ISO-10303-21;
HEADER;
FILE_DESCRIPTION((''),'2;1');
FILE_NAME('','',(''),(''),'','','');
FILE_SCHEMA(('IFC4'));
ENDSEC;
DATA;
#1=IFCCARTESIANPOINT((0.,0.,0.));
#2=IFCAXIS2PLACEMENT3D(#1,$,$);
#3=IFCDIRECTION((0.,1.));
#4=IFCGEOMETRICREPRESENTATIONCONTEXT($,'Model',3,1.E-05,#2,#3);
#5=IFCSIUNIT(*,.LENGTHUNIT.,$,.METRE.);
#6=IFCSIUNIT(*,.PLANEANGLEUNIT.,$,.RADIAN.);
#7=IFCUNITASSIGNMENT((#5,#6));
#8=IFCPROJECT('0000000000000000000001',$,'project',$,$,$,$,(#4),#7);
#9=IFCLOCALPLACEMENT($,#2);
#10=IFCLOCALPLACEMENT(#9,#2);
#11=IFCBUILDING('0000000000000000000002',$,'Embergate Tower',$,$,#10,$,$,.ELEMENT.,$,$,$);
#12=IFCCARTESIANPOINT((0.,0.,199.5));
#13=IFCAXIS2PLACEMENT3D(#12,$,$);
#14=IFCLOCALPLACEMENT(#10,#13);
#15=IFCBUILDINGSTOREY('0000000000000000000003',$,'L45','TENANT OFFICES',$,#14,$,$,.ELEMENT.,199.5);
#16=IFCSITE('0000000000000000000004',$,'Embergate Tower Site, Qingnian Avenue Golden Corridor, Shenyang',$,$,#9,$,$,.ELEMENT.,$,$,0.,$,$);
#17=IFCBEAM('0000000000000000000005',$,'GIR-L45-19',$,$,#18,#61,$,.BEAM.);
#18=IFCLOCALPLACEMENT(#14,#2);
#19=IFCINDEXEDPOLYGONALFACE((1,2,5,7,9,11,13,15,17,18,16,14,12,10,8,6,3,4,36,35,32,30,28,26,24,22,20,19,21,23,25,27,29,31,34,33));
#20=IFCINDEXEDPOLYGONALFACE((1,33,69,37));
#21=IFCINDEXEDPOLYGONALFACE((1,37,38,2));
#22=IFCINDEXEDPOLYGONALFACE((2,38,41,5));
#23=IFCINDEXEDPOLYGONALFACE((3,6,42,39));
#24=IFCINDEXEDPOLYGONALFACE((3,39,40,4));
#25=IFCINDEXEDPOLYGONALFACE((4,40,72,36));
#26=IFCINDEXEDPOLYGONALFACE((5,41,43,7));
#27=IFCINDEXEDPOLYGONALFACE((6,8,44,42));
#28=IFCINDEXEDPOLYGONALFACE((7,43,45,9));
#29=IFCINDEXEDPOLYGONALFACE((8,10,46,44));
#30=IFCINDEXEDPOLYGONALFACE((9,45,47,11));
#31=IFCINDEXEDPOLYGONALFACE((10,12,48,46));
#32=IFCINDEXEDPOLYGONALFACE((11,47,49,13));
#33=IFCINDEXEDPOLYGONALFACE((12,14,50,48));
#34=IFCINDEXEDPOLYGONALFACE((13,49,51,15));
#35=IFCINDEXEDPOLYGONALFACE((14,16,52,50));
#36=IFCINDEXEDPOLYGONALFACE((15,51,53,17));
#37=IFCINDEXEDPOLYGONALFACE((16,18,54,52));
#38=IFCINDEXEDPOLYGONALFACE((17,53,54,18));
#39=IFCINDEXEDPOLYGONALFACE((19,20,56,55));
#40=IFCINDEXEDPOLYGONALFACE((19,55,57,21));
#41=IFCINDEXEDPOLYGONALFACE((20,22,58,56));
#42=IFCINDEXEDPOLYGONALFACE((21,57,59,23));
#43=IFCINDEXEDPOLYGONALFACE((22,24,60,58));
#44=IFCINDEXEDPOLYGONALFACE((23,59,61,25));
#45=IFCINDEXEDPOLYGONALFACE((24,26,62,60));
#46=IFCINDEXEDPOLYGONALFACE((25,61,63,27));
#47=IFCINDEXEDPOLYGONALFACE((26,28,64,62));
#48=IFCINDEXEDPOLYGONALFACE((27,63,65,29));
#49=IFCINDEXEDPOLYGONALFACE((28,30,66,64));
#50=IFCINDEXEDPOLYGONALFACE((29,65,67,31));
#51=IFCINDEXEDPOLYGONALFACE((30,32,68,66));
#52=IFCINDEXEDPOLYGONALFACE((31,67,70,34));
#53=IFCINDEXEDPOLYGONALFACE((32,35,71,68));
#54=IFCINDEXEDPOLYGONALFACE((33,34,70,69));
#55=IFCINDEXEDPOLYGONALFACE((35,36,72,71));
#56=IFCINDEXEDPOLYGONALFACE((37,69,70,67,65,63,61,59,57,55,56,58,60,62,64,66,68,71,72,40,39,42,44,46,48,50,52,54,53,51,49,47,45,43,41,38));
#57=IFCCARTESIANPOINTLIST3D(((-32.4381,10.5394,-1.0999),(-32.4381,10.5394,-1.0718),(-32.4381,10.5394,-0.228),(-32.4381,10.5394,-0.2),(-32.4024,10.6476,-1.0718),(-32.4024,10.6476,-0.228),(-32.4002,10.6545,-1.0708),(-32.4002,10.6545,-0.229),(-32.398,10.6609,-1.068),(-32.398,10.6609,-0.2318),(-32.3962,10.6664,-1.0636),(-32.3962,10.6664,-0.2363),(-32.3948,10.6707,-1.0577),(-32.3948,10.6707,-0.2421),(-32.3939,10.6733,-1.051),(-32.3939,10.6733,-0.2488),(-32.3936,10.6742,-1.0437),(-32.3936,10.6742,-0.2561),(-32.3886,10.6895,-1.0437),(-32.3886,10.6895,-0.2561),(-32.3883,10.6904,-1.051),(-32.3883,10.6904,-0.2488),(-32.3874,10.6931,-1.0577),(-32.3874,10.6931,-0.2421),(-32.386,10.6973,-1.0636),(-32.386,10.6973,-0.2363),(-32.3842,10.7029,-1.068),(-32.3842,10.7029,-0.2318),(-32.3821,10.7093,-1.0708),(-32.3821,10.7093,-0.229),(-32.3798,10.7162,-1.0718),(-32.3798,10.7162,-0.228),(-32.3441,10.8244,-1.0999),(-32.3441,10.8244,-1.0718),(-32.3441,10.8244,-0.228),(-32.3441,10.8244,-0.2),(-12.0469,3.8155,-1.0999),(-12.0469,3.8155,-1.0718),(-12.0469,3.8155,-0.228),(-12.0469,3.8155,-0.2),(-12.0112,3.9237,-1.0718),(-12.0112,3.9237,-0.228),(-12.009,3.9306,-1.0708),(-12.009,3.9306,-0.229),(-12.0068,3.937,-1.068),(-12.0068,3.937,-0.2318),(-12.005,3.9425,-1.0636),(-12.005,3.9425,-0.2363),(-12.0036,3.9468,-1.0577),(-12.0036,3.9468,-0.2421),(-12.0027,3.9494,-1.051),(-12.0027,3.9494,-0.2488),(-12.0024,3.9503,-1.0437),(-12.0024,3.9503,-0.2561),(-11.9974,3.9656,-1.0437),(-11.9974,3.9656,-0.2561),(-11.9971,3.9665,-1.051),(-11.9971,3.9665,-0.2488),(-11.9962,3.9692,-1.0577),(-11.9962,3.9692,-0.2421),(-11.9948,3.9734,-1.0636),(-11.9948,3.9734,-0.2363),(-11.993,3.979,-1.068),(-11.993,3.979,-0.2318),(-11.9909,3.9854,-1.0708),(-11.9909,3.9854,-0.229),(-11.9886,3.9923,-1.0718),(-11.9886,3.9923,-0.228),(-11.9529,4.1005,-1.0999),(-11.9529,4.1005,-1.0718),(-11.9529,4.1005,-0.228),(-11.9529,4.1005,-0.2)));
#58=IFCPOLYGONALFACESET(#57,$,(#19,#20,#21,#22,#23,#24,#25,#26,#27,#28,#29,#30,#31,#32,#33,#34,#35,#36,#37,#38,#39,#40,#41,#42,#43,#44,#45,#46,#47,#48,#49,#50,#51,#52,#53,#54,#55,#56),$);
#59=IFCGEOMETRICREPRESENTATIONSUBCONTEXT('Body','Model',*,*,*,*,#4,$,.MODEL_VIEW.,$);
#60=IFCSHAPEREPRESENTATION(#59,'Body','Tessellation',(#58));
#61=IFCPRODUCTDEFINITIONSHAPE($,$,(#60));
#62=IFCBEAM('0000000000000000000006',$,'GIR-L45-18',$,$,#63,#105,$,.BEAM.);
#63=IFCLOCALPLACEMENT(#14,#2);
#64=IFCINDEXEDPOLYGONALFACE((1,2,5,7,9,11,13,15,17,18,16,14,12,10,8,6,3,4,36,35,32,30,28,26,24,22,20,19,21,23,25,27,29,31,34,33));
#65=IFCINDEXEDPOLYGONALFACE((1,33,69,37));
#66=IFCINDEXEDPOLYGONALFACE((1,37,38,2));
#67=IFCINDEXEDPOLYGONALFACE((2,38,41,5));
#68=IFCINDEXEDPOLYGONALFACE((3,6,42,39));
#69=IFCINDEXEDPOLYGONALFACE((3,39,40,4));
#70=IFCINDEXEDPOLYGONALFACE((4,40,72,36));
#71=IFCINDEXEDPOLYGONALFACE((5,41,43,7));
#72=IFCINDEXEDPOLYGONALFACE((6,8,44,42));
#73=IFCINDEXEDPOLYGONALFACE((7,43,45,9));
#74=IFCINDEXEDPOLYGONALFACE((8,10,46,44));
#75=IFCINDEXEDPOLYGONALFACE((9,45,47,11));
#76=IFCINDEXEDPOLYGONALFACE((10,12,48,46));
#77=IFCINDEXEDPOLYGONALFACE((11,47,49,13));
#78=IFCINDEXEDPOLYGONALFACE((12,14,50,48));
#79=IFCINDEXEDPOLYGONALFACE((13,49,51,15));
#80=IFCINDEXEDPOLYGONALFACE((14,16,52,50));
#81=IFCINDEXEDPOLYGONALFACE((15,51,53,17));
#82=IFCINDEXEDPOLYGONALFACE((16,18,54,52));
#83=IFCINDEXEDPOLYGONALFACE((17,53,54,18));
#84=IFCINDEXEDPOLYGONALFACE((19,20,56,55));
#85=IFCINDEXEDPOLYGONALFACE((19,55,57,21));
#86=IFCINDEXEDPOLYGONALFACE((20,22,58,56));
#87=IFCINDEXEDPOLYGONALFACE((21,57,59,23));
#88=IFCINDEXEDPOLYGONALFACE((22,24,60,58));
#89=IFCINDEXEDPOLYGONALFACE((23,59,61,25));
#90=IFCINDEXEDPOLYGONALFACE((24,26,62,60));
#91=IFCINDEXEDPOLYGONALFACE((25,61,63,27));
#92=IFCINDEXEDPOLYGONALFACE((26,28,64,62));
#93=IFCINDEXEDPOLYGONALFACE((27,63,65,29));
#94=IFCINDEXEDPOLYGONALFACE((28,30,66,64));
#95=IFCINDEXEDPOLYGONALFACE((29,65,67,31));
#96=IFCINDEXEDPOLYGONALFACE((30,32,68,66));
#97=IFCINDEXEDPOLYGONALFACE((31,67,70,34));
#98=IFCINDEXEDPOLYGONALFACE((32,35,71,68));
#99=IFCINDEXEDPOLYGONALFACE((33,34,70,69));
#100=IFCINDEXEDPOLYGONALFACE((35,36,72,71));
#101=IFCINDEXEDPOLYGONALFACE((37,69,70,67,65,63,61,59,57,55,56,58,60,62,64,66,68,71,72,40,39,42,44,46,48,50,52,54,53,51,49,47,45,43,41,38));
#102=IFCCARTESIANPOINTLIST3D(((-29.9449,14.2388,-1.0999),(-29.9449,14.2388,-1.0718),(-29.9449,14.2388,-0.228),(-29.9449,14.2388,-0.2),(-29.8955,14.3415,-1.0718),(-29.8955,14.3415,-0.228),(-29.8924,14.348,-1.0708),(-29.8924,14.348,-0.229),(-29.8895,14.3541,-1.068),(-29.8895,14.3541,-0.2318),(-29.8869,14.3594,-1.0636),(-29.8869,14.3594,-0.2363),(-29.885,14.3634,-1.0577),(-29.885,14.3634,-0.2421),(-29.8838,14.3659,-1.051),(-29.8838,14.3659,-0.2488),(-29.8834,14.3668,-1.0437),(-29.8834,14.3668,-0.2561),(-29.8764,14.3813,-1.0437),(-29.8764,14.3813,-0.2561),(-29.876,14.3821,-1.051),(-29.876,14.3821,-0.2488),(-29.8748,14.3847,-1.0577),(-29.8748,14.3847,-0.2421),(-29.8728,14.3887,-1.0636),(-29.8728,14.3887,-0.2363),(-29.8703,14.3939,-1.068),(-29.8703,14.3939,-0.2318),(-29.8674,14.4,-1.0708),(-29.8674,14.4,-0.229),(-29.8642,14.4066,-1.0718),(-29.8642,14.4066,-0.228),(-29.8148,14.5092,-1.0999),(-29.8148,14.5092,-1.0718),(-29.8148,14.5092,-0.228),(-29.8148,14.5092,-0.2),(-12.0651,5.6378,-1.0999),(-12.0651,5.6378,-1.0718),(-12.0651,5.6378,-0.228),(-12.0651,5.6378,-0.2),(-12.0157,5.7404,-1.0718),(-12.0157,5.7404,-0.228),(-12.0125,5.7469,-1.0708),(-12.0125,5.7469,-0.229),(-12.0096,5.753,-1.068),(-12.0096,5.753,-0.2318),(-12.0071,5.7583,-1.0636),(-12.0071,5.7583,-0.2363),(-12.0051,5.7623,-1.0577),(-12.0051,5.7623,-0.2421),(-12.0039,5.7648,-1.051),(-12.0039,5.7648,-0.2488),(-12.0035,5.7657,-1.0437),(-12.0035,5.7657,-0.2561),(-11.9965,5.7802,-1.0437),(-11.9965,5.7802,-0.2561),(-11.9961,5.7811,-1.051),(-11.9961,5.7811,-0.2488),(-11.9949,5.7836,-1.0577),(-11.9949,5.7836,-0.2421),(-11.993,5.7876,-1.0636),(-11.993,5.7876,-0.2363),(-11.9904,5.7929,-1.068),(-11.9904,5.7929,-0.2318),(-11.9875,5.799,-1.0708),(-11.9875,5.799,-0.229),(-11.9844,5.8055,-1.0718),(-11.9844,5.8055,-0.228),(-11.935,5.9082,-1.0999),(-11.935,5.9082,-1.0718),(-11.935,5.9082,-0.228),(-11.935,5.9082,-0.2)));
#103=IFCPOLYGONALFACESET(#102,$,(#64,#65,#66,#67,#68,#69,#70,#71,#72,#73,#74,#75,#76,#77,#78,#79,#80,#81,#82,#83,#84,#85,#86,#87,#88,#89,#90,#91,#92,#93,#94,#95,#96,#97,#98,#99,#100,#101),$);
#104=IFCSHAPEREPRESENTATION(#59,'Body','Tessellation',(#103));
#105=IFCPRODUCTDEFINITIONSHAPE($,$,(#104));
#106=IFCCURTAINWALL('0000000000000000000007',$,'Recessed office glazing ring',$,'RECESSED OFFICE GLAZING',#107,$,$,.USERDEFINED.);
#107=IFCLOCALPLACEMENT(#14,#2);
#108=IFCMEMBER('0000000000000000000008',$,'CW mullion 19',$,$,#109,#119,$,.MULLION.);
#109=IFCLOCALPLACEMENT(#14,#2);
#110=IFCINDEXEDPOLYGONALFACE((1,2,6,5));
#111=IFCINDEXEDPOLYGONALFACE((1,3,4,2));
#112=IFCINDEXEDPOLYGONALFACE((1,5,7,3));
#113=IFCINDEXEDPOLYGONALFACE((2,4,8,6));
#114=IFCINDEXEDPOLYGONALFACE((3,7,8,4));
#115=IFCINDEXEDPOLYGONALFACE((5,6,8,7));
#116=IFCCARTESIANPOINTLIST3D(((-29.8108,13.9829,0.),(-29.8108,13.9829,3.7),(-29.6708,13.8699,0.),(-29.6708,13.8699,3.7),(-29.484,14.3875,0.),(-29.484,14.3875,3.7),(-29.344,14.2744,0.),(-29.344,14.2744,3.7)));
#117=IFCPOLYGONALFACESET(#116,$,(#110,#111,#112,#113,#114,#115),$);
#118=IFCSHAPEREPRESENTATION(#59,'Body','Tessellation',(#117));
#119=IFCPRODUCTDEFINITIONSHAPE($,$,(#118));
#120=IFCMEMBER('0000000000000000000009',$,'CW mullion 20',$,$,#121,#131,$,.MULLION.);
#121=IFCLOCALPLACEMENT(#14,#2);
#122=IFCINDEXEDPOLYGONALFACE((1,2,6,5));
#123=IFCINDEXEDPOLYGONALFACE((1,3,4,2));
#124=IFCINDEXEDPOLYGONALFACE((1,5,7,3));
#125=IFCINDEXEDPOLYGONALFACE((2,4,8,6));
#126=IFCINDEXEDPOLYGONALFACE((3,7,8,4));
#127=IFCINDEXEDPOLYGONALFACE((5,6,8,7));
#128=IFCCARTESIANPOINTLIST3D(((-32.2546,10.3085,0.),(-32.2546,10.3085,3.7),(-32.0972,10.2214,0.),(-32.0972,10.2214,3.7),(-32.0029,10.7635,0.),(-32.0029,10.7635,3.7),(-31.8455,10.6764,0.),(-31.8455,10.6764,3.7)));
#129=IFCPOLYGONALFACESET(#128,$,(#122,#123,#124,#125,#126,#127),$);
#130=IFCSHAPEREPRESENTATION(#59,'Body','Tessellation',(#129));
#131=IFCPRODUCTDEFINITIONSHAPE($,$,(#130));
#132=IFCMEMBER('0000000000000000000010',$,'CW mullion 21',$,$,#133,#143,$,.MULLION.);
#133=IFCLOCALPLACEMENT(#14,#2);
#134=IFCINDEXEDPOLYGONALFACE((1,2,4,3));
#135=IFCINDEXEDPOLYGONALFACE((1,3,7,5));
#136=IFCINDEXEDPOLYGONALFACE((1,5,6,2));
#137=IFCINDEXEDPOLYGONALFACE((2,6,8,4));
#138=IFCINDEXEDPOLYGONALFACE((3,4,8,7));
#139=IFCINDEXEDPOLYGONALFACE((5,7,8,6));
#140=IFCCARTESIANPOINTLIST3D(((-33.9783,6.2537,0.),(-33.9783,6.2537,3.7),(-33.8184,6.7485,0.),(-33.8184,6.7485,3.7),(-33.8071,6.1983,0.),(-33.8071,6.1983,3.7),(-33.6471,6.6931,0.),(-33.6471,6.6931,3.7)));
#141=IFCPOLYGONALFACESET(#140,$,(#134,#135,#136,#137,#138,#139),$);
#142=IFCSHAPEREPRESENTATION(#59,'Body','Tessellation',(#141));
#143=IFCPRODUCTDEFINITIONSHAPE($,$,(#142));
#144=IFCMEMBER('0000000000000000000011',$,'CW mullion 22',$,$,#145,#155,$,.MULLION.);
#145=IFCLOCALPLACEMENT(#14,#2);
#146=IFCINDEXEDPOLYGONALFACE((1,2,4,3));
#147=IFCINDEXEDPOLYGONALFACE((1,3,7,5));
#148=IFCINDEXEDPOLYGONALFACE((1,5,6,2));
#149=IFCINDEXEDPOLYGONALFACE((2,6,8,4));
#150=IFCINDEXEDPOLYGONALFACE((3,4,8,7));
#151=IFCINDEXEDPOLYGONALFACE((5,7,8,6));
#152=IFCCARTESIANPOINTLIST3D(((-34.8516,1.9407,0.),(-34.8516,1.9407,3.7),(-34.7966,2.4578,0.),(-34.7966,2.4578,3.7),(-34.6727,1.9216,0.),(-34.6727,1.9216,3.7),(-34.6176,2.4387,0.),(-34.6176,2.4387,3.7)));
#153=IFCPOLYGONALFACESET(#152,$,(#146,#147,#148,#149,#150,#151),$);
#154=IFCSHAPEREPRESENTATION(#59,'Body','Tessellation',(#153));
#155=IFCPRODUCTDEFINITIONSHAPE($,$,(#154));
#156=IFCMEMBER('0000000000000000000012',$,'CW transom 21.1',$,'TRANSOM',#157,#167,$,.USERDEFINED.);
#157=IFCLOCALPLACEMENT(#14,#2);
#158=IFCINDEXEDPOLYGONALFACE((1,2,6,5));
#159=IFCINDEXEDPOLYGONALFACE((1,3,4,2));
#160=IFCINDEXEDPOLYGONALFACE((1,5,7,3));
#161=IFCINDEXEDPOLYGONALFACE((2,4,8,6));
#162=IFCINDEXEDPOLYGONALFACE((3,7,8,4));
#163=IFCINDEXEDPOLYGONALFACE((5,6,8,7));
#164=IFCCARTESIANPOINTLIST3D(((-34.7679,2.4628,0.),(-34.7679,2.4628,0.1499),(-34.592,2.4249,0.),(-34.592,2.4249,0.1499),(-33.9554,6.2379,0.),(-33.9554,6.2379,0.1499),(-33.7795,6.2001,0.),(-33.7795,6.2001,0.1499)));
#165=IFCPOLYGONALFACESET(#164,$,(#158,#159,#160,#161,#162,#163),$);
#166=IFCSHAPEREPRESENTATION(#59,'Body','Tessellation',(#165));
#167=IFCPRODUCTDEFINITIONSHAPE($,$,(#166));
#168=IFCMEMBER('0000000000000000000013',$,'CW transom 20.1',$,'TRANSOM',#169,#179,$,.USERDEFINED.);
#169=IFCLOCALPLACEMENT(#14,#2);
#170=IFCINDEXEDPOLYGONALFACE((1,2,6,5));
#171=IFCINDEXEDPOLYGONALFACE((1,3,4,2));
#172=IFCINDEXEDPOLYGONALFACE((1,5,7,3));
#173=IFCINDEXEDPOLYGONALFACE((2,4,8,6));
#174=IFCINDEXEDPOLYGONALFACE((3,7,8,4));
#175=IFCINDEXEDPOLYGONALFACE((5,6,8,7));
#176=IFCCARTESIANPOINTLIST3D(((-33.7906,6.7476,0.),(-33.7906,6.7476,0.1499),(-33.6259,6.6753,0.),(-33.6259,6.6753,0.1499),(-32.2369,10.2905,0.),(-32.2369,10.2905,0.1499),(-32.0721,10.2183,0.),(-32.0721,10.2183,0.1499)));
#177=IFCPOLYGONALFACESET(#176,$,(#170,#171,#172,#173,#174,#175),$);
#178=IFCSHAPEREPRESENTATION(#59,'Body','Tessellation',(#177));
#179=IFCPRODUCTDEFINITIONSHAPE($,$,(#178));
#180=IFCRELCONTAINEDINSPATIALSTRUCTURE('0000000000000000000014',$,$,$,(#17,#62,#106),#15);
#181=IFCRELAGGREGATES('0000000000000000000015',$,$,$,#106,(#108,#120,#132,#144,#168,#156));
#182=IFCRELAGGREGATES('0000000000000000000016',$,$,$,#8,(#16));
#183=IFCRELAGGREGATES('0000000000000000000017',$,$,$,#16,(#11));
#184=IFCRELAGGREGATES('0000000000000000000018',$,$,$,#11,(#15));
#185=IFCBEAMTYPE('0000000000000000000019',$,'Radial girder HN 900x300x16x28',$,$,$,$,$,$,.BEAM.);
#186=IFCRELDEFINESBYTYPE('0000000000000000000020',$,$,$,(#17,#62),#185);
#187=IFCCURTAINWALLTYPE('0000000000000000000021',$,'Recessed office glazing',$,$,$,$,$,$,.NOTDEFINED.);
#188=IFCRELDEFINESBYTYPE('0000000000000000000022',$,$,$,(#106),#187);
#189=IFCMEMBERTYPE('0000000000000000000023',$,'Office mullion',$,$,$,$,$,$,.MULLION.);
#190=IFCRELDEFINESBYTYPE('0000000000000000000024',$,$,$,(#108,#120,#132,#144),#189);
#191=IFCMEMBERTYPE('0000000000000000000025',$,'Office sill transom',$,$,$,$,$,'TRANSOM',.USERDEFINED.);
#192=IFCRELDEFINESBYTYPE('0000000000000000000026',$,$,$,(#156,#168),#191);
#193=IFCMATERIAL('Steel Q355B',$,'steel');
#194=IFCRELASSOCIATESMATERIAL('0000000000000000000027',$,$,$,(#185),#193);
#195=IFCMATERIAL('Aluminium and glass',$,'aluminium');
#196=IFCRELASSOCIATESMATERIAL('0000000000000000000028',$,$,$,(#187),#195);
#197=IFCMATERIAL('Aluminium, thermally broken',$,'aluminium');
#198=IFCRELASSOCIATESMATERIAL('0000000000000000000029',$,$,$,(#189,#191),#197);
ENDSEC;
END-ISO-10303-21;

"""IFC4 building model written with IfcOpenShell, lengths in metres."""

from ifc_helpers import new_model, si_unit, direction, frame, origin, origin_2d, place, context, subcontext, project, spatial, rectangle, i_section, extrude, source, transform, mapped, material, material_profile, profile_set, type_object, element, aggregate, save


model = new_model("IFC4")

# Units and contexts
model_context = context("Model", 3, precision=1e-05, world=origin(), true_north=direction((0.0, 1.0)))
body_context = subcontext(model_context, "Body", "Model", "MODEL_VIEW")
ifc_project = project(units=[si_unit("LENGTHUNIT", "METRE"), si_unit("PLANEANGLEUNIT", "RADIAN")], contexts=[model_context])

# Site, building, storey
site_placement = place(None, origin())
site = spatial("IfcSite", under=ifc_project, at=site_placement, Name="Embergate Tower Site, Qingnian Avenue Golden Corridor, Shenyang", CompositionType="ELEMENT", RefElevation=0.0)
building_placement = place(site_placement, origin())
building = spatial("IfcBuilding", under=site, at=building_placement, Name="Embergate Tower", CompositionType="ELEMENT")
storey_placement = place(building_placement, frame((0.0, 0.0, 199.5)))
storey = spatial("IfcBuildingStorey", under=building, at=storey_placement, Name="L45", Description="TENANT OFFICES", CompositionType="ELEMENT", Elevation=199.5)

# Beams
ifc_material_1 = material(Name="Steel Q355B", Category="steel")
ifc_material_profile_1 = material_profile(ifc_material_1, i_section(OverallWidth=0.3, OverallDepth=0.8999, WebThickness=0.0161, FlangeThickness=0.0281, FilletRadius=0.0281, at=origin_2d()), Name="HN 900x300x16x28")
ifc_profile_set_1 = profile_set([ifc_material_profile_1], Name="Steel Q355 grade B")
beam_type_1 = type_object("IfcBeamType", Name="Radial girder HN 900x300x16x28", PredefinedType="BEAM", material=ifc_profile_set_1)
shared_shape_1 = source(origin(), body_context, "Body", "SweptSolid", [
    extrude(i_section(OverallWidth=0.3, OverallDepth=0.8999, WebThickness=0.0161, FlangeThickness=0.0281, FilletRadius=0.0281, at=origin_2d()), origin(), (0.0, 0.0, 1.0), 21.4712),
])
beam_1_placement = place(storey_placement, frame((-32.3911, 10.6819, -0.6499), z_axis=(0.949701, -0.313159, 0.0), x_axis=(0.313159, 0.949701, 0.0)))
element("IfcBeam", 1, at=beam_1_placement, inside=storey, type_object=beam_type_1, Name="GIR-L45-19", PredefinedType="BEAM", context=body_context, shape_type="MappedRepresentation", body=[
    mapped(shared_shape_1, transform((0.0, 0.0, 0.0))),
])
shared_shape_2 = source(origin(), body_context, "Body", "SweptSolid", [
    extrude(i_section(OverallWidth=0.3, OverallDepth=0.8999, WebThickness=0.0161, FlangeThickness=0.0281, FilletRadius=0.0281, at=origin_2d()), origin(), (0.0, 0.0, 1.0), 19.8411),
])
beam_2_placement = place(storey_placement, frame((-29.8799, 14.374, -0.6499), z_axis=(0.901154, -0.433498, 0.0), x_axis=(0.433498, 0.901154, 0.0)))
element("IfcBeam", 2, at=beam_2_placement, inside=storey, type_object=beam_type_1, Name="GIR-L45-18", PredefinedType="BEAM", context=body_context, shape_type="MappedRepresentation", body=[
    mapped(shared_shape_2, transform((0.0, 0.0, 0.0))),
])

# Curtain wall, members
ifc_material_2 = material(Name="Aluminium and glass", Category="aluminium")
curtain_wall_type = type_object("IfcCurtainWallType", Name="Recessed office glazing", PredefinedType="NOTDEFINED", material=ifc_material_2)
curtain_wall_placement = place(storey_placement, origin())
curtain_wall = element("IfcCurtainWall", 3, at=curtain_wall_placement, inside=storey, type_object=curtain_wall_type, Name="Recessed office glazing ring", ObjectType="RECESSED OFFICE GLAZING", PredefinedType="USERDEFINED")
ifc_material_3 = material(Name="Aluminium, thermally broken", Category="aluminium")
ifc_material_profile_2 = material_profile(ifc_material_3, rectangle(XDim=0.1799, YDim=0.52, at=origin_2d()), Name="AL 520x180")
ifc_profile_set_2 = profile_set([ifc_material_profile_2], Name="Aluminium, thermally broken")
member_type_1 = type_object("IfcMemberType", Name="Office mullion", PredefinedType="MULLION", material=ifc_profile_set_2)
shared_shape_3 = source(origin(), body_context, "Body", "SweptSolid", [
    extrude(rectangle(XDim=0.1799, YDim=0.52, at=origin_2d()), origin(), (0.0, 0.0, 1.0), 3.7),
])
member_1_placement = place(storey_placement, frame((-29.5774, 14.1287, 0.0), z_axis=(0.0, 0.0, 1.0), x_axis=(0.777879, -0.628414, 0.0)))
member_1 = element("IfcMember", 4, at=member_1_placement, type_object=member_type_1, Name="CW mullion 19", PredefinedType="MULLION", context=body_context, shape_type="MappedRepresentation", body=[
    mapped(shared_shape_3, transform((0.0, 0.0, 0.0))),
])
member_2_placement = place(storey_placement, frame((-32.05, 10.4924, 0.0), z_axis=(0.0, 0.0, 1.0), x_axis=(0.875006, -0.484112, 0.0)))
member_2 = element("IfcMember", 5, at=member_2_placement, type_object=member_type_1, Name="CW mullion 20", PredefinedType="MULLION", context=body_context, shape_type="MappedRepresentation", body=[
    mapped(shared_shape_3, transform((0.0, 0.0, 0.0))),
])
member_3_placement = place(storey_placement, frame((-33.8127, 6.4734, 0.0), z_axis=(0.0, 0.0, 1.0), x_axis=(0.951499, -0.307651, 0.0)))
member_3 = element("IfcMember", 6, at=member_3_placement, type_object=member_type_1, Name="CW mullion 21", PredefinedType="MULLION", context=body_context, shape_type="MappedRepresentation", body=[
    mapped(shared_shape_3, transform((0.0, 0.0, 0.0))),
])
member_4_placement = place(storey_placement, frame((-34.7346, 2.1897, 0.0), z_axis=(0.0, 0.0, 1.0), x_axis=(0.994385, -0.105822, 0.0)))
member_4 = element("IfcMember", 7, at=member_4_placement, type_object=member_type_1, Name="CW mullion 22", PredefinedType="MULLION", context=body_context, shape_type="MappedRepresentation", body=[
    mapped(shared_shape_3, transform((0.0, 0.0, 0.0))),
])
ifc_material_profile_3 = material_profile(ifc_material_3, rectangle(XDim=0.1799, YDim=0.1499, at=origin_2d()), Name="AL 150x180")
ifc_profile_set_3 = profile_set([ifc_material_profile_3], Name="Aluminium, thermally broken")
member_type_2 = type_object("IfcMemberType", Name="Office sill transom", ElementType="TRANSOM", PredefinedType="USERDEFINED", material=ifc_profile_set_3)
shared_shape_4 = source(origin(), body_context, "Body", "SweptSolid", [
    extrude(rectangle(XDim=0.1799, YDim=0.1499, at=origin_2d()), origin(), (0.0, 0.0, 1.0), 3.8616),
])
member_5_placement = place(storey_placement, frame((-33.8674, 6.219, 0.075), z_axis=(-0.210405, -0.977614, 0.0), x_axis=(0.977614, -0.210405, 0.0)))
member_5 = element("IfcMember", 8, at=member_5_placement, type_object=member_type_2, Name="CW transom 21.1", ObjectType="TRANSOM", PredefinedType="USERDEFINED", context=body_context, shape_type="MappedRepresentation", body=[
    mapped(shared_shape_4, transform((0.0, 0.0, 0.0))),
])
shared_shape_5 = source(origin(), body_context, "Body", "SweptSolid", [
    extrude(rectangle(XDim=0.1799, YDim=0.1499, at=origin_2d()), origin(), (0.0, 0.0, 1.0), 3.8687),
])
member_6_placement = place(storey_placement, frame((-32.1545, 10.2544, 0.075), z_axis=(-0.401613, -0.915809, 0.0), x_axis=(0.915809, -0.401613, 0.0)))
member_6 = element("IfcMember", 9, at=member_6_placement, type_object=member_type_2, Name="CW transom 20.1", ObjectType="TRANSOM", PredefinedType="USERDEFINED", context=body_context, shape_type="MappedRepresentation", body=[
    mapped(shared_shape_5, transform((0.0, 0.0, 0.0))),
])
aggregate(curtain_wall, [member_1, member_2, member_3, member_4, member_6, member_5])

save(model, "model.ifc")
